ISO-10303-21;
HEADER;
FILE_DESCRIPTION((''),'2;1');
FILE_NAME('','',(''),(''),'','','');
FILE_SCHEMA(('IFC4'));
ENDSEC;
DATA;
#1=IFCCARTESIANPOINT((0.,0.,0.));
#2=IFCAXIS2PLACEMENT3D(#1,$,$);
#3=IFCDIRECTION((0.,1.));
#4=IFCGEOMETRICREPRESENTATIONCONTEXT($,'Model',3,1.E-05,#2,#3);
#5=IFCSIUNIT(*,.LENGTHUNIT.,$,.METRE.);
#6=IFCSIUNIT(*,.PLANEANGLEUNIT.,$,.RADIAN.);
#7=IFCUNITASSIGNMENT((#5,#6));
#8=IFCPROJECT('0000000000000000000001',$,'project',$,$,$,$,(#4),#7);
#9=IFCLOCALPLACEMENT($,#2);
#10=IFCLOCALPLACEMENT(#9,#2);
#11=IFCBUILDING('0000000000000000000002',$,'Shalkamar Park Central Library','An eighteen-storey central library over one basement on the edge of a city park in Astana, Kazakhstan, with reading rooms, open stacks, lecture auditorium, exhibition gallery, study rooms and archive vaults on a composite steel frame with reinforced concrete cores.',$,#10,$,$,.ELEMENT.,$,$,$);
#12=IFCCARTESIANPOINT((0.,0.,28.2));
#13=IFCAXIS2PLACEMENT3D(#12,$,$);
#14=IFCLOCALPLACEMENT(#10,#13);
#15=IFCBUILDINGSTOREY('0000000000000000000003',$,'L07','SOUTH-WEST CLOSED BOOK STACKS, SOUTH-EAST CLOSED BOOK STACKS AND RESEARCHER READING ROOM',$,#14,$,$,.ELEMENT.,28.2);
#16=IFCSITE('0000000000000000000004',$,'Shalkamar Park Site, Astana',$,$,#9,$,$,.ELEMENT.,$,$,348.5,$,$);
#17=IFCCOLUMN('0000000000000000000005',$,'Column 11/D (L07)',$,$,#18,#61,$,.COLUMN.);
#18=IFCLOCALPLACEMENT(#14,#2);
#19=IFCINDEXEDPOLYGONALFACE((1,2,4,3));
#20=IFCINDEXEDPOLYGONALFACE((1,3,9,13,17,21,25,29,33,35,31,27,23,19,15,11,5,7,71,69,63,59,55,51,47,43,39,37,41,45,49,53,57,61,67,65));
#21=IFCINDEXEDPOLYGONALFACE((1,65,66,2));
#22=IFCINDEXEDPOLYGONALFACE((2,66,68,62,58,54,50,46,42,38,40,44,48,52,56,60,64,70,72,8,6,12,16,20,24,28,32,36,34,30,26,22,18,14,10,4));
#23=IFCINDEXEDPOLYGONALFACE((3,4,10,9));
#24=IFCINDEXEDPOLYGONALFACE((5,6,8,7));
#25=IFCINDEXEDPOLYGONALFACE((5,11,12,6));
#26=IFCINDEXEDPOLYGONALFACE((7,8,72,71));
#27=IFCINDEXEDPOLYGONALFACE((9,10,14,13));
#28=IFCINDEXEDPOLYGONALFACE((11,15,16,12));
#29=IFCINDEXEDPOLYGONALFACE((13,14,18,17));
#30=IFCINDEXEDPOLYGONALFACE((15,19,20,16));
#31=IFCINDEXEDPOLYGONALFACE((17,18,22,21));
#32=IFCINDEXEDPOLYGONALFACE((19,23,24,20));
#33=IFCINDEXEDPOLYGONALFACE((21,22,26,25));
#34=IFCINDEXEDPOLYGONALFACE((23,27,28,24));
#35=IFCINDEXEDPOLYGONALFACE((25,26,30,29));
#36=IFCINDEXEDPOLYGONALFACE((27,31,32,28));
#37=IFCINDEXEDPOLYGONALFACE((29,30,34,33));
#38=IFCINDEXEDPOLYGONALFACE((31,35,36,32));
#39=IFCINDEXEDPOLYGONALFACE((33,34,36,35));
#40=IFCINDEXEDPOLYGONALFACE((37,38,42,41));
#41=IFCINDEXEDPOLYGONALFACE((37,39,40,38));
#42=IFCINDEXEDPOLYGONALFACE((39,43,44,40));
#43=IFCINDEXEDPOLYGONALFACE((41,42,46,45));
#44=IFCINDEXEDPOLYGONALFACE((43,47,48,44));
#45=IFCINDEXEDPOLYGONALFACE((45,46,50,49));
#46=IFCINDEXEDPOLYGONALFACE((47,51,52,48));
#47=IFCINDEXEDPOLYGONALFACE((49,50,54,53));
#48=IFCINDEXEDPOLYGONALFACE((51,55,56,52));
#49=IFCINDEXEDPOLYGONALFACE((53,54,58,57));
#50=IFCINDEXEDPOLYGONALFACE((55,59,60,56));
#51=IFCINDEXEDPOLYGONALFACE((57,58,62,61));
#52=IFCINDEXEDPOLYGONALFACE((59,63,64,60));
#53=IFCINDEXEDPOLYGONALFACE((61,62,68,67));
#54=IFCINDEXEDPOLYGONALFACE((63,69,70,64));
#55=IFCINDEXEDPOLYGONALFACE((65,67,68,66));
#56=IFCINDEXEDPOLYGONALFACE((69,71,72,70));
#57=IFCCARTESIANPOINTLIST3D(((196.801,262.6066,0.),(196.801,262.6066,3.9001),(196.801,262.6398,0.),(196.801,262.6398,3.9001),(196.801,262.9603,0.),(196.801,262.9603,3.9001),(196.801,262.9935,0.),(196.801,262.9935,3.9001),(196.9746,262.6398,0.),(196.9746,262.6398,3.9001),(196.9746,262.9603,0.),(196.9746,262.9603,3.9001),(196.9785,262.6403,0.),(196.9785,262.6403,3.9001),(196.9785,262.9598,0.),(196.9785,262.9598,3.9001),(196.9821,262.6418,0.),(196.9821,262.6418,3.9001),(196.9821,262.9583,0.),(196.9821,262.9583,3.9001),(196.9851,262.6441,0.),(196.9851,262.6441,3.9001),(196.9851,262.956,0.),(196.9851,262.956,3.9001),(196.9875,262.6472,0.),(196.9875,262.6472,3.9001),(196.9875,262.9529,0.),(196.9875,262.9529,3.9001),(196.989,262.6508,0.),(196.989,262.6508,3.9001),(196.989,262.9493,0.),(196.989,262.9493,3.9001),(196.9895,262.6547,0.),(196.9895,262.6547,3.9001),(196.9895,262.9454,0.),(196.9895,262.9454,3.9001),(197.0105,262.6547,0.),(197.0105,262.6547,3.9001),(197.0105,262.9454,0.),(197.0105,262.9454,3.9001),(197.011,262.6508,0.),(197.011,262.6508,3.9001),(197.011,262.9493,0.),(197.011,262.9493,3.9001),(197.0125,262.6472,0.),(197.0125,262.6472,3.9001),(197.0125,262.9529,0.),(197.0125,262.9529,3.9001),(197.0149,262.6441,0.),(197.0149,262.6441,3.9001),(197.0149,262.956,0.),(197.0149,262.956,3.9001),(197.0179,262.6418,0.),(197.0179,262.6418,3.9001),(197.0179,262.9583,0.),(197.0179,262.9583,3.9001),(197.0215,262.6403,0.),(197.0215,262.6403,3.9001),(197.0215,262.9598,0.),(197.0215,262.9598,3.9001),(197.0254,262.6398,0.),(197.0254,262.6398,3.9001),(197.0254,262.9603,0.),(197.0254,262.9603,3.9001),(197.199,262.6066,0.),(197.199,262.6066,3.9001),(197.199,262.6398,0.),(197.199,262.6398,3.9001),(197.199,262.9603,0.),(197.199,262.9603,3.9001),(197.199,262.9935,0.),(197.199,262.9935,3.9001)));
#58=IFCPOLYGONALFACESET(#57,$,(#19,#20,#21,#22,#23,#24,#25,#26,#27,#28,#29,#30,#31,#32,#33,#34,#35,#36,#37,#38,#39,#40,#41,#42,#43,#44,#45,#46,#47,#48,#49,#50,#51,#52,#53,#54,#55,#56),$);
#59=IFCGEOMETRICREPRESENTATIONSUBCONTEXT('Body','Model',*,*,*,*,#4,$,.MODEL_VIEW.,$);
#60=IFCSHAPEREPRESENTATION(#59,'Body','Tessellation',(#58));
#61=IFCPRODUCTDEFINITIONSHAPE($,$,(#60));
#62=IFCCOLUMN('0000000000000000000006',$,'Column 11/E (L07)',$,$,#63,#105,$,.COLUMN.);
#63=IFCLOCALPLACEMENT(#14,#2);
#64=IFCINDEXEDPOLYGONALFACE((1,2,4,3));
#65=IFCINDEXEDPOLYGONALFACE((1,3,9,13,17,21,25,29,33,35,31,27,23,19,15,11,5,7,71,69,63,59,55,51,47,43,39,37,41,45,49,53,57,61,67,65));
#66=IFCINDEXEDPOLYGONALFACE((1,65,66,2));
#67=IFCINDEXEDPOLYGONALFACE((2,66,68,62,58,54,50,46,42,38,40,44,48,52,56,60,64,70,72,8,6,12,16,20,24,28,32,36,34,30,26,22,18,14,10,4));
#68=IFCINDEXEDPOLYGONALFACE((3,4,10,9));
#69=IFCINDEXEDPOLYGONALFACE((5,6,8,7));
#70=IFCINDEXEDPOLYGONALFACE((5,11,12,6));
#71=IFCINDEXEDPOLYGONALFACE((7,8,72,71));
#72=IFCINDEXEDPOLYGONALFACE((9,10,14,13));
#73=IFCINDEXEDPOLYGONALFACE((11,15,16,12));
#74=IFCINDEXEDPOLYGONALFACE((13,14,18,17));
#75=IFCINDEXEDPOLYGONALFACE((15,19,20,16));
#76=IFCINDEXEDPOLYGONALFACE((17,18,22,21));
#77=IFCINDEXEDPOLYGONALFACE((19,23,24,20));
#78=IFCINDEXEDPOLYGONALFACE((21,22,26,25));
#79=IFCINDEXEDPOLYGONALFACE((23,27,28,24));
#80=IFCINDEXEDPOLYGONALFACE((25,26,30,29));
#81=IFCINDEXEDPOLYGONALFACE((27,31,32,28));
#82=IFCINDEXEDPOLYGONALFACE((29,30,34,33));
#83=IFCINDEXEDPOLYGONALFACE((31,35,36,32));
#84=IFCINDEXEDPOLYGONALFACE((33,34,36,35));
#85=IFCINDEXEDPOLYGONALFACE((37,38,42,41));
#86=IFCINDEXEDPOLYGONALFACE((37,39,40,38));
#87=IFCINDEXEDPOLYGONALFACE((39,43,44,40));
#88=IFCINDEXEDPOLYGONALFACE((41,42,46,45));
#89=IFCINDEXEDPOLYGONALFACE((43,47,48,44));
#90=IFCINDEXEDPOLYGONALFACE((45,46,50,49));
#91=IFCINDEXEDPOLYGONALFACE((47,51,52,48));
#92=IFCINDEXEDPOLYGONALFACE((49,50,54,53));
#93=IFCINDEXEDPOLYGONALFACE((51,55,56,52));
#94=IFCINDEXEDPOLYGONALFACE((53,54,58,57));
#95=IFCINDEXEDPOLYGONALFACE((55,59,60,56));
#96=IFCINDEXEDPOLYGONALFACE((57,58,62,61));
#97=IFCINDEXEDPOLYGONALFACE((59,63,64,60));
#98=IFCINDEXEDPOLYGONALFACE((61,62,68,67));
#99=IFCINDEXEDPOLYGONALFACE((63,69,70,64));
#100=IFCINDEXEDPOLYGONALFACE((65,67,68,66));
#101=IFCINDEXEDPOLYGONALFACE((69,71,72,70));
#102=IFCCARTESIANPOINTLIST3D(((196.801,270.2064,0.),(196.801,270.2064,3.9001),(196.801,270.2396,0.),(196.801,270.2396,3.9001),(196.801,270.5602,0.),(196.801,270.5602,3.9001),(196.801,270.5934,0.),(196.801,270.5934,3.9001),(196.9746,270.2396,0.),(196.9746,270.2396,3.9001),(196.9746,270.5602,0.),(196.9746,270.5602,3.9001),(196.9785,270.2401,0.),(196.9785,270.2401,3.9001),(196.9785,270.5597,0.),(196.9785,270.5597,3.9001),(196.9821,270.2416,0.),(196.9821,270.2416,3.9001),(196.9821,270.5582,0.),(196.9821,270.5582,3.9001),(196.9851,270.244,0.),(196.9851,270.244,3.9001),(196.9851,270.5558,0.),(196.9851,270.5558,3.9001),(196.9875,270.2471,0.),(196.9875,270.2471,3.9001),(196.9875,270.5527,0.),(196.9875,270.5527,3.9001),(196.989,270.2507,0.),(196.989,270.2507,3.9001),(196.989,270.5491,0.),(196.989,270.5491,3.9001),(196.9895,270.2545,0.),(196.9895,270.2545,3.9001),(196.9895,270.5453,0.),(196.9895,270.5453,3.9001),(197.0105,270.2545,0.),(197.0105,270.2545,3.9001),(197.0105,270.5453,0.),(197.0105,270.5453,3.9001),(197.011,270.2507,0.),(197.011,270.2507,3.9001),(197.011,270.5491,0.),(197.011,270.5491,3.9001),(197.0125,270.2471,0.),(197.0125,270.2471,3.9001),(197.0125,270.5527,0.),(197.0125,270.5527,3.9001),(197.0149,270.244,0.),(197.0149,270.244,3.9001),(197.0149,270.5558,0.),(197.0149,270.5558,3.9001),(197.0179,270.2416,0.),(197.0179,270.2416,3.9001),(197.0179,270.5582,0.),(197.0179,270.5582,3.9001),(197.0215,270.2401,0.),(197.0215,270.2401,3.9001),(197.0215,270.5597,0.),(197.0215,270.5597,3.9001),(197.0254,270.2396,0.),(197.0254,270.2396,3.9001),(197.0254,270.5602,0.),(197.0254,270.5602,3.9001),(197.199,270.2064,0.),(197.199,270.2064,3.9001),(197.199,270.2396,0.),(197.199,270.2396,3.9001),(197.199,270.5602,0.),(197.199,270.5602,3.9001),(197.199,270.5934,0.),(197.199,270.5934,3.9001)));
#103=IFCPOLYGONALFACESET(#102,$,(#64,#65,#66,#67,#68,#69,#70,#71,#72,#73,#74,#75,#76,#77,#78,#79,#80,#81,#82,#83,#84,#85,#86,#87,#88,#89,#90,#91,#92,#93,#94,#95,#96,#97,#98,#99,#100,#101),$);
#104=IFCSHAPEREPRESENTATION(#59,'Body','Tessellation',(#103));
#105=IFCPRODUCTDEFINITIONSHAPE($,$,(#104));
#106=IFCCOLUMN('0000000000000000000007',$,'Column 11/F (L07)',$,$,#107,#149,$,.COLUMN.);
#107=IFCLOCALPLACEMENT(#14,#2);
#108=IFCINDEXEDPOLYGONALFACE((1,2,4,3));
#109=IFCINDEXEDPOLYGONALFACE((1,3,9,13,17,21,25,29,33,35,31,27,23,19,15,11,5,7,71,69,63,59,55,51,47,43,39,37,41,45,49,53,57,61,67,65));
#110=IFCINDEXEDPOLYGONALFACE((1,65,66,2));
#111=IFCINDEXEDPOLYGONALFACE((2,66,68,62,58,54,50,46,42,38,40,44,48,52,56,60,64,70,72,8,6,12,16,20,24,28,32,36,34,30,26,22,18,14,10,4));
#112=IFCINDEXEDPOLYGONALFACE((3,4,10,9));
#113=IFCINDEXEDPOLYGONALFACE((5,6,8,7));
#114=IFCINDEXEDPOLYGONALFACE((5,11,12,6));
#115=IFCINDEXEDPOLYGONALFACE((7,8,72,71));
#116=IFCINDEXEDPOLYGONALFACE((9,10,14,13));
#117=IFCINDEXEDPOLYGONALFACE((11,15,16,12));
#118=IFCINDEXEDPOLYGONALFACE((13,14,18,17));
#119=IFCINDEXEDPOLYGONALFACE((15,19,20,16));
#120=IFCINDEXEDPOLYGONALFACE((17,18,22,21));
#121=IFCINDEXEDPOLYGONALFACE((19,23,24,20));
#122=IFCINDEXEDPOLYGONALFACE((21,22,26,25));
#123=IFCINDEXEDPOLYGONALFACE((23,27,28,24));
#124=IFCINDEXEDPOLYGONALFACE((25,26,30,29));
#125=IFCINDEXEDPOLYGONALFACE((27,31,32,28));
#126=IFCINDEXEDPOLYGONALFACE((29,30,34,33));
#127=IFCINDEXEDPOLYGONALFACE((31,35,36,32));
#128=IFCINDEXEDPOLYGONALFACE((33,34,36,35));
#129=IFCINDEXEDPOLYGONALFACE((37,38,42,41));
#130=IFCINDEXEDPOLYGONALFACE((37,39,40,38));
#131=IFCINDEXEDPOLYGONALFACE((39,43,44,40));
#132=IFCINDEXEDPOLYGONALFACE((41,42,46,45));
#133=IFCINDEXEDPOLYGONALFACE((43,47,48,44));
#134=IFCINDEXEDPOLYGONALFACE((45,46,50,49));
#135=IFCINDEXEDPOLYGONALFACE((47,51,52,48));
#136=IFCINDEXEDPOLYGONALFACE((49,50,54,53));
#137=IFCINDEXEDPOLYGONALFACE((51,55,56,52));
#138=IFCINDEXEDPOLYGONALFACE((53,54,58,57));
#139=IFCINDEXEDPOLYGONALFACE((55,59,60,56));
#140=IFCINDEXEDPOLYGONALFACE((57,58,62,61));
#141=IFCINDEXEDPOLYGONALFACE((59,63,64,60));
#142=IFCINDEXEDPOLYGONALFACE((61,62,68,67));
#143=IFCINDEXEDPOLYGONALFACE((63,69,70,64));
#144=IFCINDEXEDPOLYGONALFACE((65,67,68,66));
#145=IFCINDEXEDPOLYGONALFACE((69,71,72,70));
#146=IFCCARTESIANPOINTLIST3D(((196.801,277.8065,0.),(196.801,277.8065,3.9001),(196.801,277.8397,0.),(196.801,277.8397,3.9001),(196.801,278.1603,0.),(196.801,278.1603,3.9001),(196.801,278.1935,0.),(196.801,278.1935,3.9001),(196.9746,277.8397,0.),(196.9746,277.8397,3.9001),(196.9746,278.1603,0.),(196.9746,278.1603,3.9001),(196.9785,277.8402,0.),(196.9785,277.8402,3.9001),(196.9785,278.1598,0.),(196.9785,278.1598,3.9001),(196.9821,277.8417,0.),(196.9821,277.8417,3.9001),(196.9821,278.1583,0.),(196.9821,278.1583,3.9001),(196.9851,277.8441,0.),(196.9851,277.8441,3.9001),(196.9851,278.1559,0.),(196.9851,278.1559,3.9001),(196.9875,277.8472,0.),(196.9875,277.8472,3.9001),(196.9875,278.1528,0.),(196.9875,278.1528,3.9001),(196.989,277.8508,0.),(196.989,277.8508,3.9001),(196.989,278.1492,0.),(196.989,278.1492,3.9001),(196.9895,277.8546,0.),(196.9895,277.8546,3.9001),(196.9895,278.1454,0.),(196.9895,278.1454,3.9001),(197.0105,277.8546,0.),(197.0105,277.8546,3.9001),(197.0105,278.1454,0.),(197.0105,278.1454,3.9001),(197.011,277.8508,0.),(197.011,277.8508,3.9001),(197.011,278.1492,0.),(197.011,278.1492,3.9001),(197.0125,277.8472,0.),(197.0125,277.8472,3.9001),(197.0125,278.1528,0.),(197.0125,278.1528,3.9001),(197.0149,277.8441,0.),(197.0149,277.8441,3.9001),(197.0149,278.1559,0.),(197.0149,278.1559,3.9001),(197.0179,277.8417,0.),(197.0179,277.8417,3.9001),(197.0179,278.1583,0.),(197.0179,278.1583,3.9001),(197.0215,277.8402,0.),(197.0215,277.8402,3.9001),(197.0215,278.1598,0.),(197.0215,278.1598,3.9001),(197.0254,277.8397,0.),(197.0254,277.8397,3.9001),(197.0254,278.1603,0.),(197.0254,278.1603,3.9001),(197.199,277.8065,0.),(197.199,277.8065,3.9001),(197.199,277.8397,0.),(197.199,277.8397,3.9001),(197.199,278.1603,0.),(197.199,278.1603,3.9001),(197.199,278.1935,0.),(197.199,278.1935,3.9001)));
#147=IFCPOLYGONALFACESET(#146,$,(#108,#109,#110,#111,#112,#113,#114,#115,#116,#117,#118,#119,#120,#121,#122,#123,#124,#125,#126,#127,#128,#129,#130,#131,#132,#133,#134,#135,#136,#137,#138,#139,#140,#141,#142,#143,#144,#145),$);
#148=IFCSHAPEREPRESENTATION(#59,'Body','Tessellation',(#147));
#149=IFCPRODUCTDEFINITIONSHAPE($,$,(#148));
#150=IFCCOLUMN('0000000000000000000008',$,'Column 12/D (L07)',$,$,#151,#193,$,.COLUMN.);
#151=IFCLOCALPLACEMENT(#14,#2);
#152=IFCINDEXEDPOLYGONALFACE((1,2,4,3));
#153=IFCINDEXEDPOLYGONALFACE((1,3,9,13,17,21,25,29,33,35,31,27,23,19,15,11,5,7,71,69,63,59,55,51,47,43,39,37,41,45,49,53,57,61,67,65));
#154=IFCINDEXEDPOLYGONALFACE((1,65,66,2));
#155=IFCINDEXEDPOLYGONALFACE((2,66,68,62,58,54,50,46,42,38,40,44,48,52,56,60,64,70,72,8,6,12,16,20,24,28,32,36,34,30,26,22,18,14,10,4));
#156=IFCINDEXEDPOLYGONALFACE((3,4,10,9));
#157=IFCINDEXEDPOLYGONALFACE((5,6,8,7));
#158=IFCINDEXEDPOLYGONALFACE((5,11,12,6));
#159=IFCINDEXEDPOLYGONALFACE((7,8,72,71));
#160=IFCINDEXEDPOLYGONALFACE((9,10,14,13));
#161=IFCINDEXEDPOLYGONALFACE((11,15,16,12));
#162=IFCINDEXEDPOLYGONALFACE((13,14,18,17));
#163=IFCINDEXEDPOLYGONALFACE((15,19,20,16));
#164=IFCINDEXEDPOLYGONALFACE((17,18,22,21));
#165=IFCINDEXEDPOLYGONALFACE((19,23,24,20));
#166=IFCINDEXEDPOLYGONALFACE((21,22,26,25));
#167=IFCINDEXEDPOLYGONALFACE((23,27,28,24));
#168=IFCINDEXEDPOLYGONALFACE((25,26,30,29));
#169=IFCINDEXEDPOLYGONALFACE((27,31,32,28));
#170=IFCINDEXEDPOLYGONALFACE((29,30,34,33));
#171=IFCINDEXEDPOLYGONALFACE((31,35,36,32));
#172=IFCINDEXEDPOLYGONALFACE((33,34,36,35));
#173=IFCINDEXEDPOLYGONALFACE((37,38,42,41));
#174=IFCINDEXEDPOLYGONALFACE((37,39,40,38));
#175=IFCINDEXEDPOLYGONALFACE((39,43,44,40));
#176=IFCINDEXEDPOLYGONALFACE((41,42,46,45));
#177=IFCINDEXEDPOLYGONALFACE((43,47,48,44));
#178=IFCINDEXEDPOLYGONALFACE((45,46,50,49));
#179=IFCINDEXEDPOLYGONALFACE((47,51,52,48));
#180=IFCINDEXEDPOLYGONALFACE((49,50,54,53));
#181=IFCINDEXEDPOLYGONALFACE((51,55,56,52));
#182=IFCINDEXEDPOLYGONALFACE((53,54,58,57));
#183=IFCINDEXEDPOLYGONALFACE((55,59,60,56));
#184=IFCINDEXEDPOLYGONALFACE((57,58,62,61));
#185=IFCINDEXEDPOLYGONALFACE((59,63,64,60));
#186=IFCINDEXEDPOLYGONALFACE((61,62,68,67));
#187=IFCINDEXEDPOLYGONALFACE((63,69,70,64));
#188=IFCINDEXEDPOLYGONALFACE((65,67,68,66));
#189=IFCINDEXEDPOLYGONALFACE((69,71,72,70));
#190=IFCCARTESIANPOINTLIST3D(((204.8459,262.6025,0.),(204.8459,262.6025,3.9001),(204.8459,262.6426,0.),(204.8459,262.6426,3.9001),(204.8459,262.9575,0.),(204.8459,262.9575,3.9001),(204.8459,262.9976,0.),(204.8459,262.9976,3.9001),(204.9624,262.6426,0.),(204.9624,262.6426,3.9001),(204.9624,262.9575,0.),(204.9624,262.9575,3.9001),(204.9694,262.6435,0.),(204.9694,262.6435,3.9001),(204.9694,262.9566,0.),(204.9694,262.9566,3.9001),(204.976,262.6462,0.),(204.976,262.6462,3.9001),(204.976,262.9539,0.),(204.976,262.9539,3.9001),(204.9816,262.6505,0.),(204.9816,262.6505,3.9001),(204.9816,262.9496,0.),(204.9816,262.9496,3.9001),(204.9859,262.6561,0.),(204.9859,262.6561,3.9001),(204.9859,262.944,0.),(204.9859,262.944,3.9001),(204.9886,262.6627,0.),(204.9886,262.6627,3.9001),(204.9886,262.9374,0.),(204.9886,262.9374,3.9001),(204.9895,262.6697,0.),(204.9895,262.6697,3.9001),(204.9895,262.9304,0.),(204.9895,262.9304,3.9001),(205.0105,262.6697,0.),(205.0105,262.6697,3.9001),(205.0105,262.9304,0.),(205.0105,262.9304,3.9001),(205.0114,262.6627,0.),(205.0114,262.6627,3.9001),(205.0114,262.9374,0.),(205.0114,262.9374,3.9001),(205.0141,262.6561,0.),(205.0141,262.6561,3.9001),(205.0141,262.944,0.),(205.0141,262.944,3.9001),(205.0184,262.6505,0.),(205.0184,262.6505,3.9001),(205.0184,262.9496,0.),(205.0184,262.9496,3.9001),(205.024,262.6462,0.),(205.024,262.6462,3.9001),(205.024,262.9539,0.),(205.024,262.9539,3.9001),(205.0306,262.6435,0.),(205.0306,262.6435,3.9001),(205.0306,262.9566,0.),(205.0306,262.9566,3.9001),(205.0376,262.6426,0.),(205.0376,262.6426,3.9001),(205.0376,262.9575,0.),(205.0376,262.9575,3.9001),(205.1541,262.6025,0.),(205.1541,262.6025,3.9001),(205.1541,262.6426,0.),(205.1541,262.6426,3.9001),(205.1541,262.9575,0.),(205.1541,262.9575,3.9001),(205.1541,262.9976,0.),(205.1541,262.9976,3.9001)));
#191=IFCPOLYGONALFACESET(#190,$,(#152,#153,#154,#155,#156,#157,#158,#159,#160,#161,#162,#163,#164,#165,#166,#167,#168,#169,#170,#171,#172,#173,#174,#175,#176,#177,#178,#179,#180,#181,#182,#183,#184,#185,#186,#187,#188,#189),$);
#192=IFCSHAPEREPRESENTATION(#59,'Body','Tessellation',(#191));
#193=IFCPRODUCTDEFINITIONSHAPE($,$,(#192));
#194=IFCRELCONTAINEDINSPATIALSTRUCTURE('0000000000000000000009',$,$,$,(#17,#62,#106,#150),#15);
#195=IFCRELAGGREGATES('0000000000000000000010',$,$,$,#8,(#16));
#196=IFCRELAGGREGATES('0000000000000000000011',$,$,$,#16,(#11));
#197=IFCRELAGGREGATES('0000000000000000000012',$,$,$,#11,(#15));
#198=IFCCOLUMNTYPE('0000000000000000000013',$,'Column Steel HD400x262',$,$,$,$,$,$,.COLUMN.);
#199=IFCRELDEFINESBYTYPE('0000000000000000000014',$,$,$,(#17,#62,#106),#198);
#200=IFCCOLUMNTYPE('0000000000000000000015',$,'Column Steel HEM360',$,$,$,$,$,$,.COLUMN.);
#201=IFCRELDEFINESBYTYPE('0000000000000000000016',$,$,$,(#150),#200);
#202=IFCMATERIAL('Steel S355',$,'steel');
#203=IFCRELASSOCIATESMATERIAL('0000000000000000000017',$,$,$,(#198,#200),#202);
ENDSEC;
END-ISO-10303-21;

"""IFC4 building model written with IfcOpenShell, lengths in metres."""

from ifc_helpers import new_model, si_unit, direction, frame, origin, origin_2d, place, context, subcontext, project, spatial, i_section, extrude, material, material_profile, profile_set, type_object, element, save


model = new_model("IFC4")

# Units and contexts
model_context = context("Model", 3, precision=1e-05, world=origin(), true_north=direction((0.0, 1.0)))
body_context = subcontext(model_context, "Body", "Model", "MODEL_VIEW")
ifc_project = project(units=[si_unit("LENGTHUNIT", "METRE"), si_unit("PLANEANGLEUNIT", "RADIAN")], contexts=[model_context])

# Site, building, storey
site_placement = place(None, origin())
site = spatial("IfcSite", under=ifc_project, at=site_placement, Name="Shalkamar Park Site, Astana", CompositionType="ELEMENT", RefElevation=348.5)
building_placement = place(site_placement, origin())
building = spatial("IfcBuilding", under=site, at=building_placement, Name="Shalkamar Park Central Library", Description="An eighteen-storey central library over one basement on the edge of a city park in Astana, Kazakhstan, with reading rooms, open stacks, lecture auditorium, exhibition gallery, study rooms and archive vaults on a composite steel frame with reinforced concrete cores.", CompositionType="ELEMENT")
storey_placement = place(building_placement, frame((0.0, 0.0, 28.2)))
storey = spatial("IfcBuildingStorey", under=building, at=storey_placement, Name="L07", Description="SOUTH-WEST CLOSED BOOK STACKS, SOUTH-EAST CLOSED BOOK STACKS AND RESEARCHER READING ROOM", CompositionType="ELEMENT", Elevation=28.2)

# Columns
ifc_material_1 = material(Name="Steel S355", Category="steel")
ifc_material_profile_1 = material_profile(ifc_material_1, i_section(OverallWidth=0.3979, OverallDepth=0.387, WebThickness=0.021, FlangeThickness=0.0332, FilletRadius=0.0149, at=origin_2d()), Name="HD 400x262")
ifc_profile_set_1 = profile_set([ifc_material_profile_1], Name="Steel S355")
column_type_1 = type_object("IfcColumnType", Name="Column Steel HD400x262", PredefinedType="COLUMN", material=ifc_profile_set_1)
for number, where, z_axis, x_axis, name in (
    (1, (197.0, 262.8, 0.0), (0.0, 0.0, 1.0), (1.0, 0.0, 0.0), "Column 11/D (L07)"),
    (2, (197.0, 270.3999, 0.0), (0.0, 0.0, 1.0), (1.0, 0.0, 0.0), "Column 11/E (L07)"),
    (3, (197.0, 278.0, 0.0), (0.0, 0.0, 1.0), (1.0, 0.0, 0.0), "Column 11/F (L07)"),
):
    element("IfcColumn", number, at=place(storey_placement, frame(where, z_axis=z_axis, x_axis=x_axis)), inside=storey, type_object=column_type_1, Name=name, PredefinedType="COLUMN", context=body_context, shape_type="SweptSolid", body=[
        extrude(i_section(OverallWidth=0.3979, OverallDepth=0.387, WebThickness=0.021, FlangeThickness=0.0332, FilletRadius=0.0149, at=origin_2d()), origin(), (0.0, 0.0, 1.0), 3.9001),
    ])
ifc_material_profile_2 = material_profile(ifc_material_1, i_section(OverallWidth=0.3081, OverallDepth=0.395, WebThickness=0.021, FlangeThickness=0.04, FilletRadius=0.0271, at=origin_2d()), Name="HEM 360")
ifc_profile_set_2 = profile_set([ifc_material_profile_2], Name="Steel S355")
column_type_2 = type_object("IfcColumnType", Name="Column Steel HEM360", PredefinedType="COLUMN", material=ifc_profile_set_2)
for number, where, z_axis, x_axis, name in (
    (4, (205.0, 262.8, 0.0), (0.0, 0.0, 1.0), (1.0, 0.0, 0.0), "Column 12/D (L07)"),
):
    element("IfcColumn", number, at=place(storey_placement, frame(where, z_axis=z_axis, x_axis=x_axis)), inside=storey, type_object=column_type_2, Name=name, PredefinedType="COLUMN", context=body_context, shape_type="SweptSolid", body=[
        extrude(i_section(OverallWidth=0.3081, OverallDepth=0.395, WebThickness=0.021, FlangeThickness=0.04, FilletRadius=0.0271, at=origin_2d()), origin(), (0.0, 0.0, 1.0), 3.9001),
    ])

save(model, "model.ifc")
